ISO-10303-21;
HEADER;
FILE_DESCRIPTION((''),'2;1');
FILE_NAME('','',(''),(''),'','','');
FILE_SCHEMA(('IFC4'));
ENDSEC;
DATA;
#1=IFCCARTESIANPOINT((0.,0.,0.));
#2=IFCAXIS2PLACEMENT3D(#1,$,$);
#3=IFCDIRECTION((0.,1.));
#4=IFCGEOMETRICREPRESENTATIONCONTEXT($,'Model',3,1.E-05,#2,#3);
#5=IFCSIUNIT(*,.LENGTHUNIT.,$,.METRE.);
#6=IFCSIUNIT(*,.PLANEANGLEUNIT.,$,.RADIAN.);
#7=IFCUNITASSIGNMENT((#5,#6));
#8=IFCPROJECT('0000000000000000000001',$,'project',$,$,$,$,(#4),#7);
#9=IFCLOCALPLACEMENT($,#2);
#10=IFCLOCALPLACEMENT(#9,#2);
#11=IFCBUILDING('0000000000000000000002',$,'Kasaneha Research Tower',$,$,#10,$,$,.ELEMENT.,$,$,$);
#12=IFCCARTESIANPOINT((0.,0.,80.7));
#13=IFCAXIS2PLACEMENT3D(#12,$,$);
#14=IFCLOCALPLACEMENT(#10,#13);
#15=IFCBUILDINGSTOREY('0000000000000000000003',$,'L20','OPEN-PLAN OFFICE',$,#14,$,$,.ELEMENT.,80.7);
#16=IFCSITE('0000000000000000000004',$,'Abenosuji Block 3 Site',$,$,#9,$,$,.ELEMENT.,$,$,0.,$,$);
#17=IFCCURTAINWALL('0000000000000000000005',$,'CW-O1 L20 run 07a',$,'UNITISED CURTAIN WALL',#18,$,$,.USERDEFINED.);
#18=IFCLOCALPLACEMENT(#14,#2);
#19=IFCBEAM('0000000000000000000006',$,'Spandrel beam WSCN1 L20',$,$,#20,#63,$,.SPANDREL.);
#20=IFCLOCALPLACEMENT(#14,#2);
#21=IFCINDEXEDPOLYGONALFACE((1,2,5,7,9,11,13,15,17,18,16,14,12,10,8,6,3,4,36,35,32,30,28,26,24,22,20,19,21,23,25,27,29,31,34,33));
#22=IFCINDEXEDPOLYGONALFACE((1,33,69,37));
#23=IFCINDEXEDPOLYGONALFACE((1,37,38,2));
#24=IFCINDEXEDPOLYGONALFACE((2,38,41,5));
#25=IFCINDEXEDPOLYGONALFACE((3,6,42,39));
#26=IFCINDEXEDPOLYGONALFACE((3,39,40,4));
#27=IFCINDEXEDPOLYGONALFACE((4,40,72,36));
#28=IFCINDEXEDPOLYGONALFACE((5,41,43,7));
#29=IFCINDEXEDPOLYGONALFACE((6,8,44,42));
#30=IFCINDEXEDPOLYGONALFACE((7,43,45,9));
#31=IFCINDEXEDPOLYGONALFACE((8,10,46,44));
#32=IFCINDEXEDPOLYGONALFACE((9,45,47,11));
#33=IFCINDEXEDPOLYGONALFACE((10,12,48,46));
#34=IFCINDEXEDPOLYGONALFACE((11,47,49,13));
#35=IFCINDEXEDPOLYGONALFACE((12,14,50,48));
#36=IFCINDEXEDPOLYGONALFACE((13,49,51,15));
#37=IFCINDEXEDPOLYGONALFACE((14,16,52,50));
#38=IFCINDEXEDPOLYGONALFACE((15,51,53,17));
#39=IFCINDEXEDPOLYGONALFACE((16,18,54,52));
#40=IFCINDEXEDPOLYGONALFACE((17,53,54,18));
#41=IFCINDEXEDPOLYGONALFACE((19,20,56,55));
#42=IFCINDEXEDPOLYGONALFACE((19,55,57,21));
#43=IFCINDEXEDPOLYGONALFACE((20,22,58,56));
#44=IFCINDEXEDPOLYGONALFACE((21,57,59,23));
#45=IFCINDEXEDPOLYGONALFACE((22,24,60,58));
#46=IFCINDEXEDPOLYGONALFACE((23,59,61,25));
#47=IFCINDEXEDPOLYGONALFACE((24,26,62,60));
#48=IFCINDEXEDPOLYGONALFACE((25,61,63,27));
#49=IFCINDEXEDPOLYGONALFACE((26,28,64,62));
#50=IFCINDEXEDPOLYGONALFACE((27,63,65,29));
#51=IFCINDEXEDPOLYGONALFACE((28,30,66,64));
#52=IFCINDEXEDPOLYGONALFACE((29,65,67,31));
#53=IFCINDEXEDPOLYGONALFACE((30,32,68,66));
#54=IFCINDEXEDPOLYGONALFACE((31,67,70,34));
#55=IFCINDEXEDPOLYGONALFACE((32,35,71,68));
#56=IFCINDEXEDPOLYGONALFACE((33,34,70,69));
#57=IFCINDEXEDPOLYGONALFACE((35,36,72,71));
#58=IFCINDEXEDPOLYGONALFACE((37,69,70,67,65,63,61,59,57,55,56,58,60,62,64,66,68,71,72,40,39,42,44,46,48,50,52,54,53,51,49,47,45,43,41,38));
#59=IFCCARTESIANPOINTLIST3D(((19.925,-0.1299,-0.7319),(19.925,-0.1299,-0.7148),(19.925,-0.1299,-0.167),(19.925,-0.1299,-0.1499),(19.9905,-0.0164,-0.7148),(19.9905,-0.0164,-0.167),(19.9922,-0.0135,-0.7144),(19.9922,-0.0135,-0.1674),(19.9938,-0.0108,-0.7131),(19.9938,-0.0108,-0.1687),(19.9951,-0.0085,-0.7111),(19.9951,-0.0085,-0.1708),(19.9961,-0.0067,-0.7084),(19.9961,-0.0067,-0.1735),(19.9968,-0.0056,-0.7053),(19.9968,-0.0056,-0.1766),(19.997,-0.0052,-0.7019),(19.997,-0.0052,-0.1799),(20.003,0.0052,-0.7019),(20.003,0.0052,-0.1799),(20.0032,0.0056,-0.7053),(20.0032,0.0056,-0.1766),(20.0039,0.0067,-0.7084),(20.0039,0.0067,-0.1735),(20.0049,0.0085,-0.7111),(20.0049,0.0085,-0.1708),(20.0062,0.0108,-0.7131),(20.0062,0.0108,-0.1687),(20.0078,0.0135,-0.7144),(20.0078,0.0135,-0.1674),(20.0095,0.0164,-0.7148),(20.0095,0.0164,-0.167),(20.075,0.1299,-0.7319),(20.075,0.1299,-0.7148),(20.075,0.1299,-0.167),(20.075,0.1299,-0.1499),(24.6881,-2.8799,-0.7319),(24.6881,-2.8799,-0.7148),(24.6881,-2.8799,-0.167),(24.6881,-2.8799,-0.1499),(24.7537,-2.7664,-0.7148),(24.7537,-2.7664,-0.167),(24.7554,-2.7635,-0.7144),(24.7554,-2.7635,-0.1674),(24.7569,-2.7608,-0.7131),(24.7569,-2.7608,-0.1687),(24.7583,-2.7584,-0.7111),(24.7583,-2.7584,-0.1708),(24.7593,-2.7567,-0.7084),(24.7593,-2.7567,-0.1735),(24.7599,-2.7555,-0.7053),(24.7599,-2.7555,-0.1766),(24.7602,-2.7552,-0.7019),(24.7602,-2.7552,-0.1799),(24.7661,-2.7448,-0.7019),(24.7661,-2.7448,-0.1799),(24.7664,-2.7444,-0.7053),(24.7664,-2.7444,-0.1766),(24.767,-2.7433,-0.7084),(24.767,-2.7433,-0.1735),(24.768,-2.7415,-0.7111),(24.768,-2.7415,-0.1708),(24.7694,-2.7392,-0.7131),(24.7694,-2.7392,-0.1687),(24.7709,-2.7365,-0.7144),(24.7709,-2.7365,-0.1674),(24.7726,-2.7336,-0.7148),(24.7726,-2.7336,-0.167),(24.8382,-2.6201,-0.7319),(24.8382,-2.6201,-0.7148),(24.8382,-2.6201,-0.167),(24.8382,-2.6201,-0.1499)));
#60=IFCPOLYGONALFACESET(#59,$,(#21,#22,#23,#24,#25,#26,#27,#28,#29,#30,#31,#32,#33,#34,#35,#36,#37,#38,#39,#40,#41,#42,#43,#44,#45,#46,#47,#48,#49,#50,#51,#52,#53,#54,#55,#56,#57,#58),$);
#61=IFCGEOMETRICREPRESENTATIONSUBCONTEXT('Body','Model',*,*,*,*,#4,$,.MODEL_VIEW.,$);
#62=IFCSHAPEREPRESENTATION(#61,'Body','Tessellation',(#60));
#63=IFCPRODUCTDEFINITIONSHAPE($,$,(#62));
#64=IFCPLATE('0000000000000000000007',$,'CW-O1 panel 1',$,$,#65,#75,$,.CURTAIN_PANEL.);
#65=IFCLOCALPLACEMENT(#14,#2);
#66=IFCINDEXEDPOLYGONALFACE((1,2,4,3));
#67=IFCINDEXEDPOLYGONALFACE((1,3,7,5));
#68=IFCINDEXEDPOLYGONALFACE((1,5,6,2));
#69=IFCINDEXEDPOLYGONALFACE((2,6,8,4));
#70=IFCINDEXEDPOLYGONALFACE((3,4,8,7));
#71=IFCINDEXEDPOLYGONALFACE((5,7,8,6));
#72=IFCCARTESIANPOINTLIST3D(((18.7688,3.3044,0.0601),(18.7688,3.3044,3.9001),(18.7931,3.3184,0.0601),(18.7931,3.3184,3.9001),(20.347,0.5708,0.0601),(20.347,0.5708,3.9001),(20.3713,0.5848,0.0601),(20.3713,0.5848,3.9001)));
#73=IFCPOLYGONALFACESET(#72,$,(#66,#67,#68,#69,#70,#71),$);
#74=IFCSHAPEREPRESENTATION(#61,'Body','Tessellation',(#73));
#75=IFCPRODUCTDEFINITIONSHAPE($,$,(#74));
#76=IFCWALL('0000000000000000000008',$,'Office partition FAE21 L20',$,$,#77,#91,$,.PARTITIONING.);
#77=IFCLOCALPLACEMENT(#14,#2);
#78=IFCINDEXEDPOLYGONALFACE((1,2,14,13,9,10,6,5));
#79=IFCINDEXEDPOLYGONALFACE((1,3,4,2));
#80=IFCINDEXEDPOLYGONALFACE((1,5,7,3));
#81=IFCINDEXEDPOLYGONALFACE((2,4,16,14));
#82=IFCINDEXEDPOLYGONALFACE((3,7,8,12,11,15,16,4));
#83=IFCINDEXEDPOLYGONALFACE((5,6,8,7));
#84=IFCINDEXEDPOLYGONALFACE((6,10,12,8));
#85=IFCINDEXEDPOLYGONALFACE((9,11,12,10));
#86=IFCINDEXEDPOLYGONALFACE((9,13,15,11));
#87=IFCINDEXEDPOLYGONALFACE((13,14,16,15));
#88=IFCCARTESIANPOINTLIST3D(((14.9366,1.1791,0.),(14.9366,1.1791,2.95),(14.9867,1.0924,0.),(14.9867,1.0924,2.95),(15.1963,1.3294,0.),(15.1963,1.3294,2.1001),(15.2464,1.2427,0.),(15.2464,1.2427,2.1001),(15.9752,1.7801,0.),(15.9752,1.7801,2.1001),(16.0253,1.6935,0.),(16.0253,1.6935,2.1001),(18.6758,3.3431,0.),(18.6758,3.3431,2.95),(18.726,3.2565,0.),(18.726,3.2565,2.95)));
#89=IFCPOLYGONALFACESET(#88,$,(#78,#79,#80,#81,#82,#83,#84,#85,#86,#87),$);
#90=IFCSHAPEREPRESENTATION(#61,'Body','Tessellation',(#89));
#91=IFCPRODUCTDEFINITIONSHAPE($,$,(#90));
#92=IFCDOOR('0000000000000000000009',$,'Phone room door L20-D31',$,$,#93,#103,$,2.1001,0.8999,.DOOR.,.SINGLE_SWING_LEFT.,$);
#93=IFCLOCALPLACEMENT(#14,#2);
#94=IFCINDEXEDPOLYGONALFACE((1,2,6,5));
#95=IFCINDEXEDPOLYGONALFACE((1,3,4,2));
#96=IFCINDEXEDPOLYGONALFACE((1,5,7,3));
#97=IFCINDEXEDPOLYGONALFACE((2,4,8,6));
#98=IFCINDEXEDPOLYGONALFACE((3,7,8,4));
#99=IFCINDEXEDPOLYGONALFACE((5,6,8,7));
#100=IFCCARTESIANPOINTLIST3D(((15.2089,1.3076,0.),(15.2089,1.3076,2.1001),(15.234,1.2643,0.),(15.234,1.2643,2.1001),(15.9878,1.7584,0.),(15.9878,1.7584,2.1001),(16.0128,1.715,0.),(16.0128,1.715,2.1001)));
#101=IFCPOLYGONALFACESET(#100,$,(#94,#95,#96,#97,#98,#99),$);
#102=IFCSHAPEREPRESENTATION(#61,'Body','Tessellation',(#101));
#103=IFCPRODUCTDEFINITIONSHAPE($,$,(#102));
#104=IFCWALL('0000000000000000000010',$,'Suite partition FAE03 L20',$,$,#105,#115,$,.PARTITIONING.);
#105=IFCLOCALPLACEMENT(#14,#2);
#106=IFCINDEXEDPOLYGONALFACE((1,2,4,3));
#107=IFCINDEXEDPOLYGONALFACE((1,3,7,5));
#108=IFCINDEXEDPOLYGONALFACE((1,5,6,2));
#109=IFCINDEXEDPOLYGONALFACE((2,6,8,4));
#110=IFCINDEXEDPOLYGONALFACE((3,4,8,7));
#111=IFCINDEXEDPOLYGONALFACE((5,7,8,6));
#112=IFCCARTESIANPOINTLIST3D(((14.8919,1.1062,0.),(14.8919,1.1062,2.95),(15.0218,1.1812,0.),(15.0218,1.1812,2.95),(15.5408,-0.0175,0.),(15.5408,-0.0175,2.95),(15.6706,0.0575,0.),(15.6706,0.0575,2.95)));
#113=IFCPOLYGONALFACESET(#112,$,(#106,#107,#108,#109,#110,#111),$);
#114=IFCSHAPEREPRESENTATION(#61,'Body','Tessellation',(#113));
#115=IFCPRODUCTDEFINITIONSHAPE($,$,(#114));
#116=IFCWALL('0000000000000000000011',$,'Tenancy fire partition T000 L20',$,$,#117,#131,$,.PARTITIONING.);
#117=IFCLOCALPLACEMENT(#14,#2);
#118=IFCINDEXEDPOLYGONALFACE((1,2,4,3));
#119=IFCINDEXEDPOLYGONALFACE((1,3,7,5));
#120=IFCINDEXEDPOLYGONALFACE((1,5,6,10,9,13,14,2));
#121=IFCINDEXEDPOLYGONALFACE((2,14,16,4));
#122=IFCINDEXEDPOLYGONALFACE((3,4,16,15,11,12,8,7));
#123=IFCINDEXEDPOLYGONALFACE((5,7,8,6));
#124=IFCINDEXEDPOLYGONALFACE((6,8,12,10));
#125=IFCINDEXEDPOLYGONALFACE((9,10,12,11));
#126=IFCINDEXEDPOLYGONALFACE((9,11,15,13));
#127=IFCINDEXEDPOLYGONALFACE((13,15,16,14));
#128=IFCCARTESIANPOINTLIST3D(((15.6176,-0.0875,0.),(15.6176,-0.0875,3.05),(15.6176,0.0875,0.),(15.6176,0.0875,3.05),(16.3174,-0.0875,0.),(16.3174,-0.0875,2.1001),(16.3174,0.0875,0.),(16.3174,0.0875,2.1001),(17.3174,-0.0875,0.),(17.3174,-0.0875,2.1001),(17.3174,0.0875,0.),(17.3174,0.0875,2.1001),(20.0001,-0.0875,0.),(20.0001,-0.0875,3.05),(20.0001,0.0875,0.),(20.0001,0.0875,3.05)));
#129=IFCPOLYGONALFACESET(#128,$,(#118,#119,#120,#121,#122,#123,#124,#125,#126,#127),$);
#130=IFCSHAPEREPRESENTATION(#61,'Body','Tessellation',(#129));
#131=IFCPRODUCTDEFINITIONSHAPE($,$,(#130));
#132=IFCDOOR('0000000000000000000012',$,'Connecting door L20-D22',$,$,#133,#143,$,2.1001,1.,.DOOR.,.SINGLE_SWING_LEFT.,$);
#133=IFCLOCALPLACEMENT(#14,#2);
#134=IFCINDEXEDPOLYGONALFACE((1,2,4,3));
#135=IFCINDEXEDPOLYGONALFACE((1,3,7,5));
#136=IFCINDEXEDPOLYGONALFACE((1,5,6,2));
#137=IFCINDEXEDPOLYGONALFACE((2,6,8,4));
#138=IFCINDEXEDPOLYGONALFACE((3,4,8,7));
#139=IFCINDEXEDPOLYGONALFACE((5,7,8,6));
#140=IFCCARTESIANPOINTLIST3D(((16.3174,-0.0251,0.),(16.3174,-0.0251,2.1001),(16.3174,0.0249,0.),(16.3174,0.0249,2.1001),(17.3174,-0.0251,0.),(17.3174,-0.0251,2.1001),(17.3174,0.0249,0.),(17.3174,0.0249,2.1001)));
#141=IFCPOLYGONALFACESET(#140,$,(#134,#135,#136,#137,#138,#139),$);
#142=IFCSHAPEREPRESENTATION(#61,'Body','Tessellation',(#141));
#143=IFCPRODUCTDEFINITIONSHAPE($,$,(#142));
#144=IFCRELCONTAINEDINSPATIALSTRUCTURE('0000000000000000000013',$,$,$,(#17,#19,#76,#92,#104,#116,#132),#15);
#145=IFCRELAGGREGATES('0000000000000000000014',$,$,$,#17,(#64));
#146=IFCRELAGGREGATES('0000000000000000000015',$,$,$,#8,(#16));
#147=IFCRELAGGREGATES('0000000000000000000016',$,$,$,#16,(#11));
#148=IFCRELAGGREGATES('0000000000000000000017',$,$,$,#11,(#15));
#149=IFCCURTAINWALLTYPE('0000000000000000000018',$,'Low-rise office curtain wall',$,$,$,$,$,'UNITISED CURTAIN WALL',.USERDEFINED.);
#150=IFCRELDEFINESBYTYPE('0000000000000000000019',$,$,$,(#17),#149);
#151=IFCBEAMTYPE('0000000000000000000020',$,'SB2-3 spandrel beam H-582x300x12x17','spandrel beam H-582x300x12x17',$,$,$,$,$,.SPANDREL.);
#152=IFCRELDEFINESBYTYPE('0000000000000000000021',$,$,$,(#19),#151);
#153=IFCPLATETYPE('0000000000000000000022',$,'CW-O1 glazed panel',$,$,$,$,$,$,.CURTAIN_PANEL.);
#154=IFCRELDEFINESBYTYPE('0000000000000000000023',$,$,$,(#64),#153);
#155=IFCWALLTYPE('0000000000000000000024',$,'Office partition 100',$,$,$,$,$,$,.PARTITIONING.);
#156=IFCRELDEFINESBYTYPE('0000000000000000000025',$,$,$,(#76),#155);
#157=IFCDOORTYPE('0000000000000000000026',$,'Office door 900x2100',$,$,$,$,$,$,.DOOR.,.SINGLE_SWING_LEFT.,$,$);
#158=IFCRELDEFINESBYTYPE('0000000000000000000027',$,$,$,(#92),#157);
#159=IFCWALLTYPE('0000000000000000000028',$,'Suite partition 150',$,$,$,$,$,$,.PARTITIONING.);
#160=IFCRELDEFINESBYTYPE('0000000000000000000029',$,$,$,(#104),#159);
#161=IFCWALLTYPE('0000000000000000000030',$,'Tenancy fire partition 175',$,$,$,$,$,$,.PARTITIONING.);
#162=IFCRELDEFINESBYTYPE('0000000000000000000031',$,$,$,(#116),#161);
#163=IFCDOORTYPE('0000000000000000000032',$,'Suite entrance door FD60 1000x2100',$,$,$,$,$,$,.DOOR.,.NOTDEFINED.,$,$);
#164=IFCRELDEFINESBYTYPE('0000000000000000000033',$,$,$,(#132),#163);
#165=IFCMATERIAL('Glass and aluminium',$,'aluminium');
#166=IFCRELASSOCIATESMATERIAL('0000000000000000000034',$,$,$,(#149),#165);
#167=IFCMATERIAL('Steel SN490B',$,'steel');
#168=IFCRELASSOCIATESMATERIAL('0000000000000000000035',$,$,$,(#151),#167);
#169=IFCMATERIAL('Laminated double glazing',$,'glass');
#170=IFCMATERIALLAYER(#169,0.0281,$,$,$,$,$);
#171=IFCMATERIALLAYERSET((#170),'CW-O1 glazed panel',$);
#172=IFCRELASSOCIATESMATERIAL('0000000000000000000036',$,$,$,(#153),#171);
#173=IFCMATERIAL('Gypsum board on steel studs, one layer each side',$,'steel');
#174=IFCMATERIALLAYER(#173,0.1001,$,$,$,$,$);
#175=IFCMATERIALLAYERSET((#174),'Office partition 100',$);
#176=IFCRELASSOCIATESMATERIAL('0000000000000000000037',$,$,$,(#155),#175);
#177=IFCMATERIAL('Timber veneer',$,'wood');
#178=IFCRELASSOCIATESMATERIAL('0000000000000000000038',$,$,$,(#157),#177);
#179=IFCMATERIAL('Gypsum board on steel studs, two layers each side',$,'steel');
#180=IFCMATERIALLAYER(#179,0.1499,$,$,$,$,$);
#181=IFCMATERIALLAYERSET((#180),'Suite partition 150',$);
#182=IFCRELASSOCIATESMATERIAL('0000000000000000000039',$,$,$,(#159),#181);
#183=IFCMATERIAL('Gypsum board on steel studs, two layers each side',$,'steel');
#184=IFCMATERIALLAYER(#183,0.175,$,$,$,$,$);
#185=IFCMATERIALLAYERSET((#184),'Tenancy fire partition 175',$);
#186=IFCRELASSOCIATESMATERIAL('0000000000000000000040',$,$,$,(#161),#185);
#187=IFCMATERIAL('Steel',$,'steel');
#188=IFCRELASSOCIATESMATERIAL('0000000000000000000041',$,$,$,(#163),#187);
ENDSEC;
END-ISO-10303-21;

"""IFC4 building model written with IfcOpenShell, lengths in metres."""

from ifc_helpers import new_model, si_unit, direction, frame, frame_2d, origin, origin_2d, place, context, subcontext, project, spatial, rectangle, i_section, extrude, material, layer, layer_set, material_profile, profile_set, type_object, element, fill, aggregate, save


model = new_model("IFC4")

# Units and contexts
model_context = context("Model", 3, precision=1e-05, world=origin(), true_north=direction((0.0, 1.0)))
body_context = subcontext(model_context, "Body", "Model", "MODEL_VIEW")
ifc_project = project(units=[si_unit("LENGTHUNIT", "METRE"), si_unit("PLANEANGLEUNIT", "RADIAN")], contexts=[model_context])

# Site, building, storey
site_placement = place(None, origin())
site = spatial("IfcSite", under=ifc_project, at=site_placement, Name="Abenosuji Block 3 Site", CompositionType="ELEMENT", RefElevation=0.0)
building_placement = place(site_placement, origin())
building = spatial("IfcBuilding", under=site, at=building_placement, Name="Kasaneha Research Tower", CompositionType="ELEMENT")
storey_placement = place(building_placement, frame((0.0, 0.0, 80.7)))
storey = spatial("IfcBuildingStorey", under=building, at=storey_placement, Name="L20", Description="OPEN-PLAN OFFICE", CompositionType="ELEMENT", Elevation=80.7)

# Shared definitions
ifc_material_1 = material(Name="Glass and aluminium", Category="aluminium")
curtain_wall_type = type_object("IfcCurtainWallType", Name="Low-rise office curtain wall", ElementType="UNITISED CURTAIN WALL", PredefinedType="USERDEFINED", material=ifc_material_1)

# Curtain wall
curtain_wall_1_placement = place(storey_placement, origin())
curtain_wall_1 = element("IfcCurtainWall", 1, at=curtain_wall_1_placement, inside=storey, type_object=curtain_wall_type, Name="CW-O1 L20 run 07a", ObjectType="UNITISED CURTAIN WALL", PredefinedType="USERDEFINED")

# Beam
ifc_material_2 = material(Name="Steel SN490B", Category="steel")
ifc_material_profile_1 = material_profile(ifc_material_2, i_section(OverallWidth=0.3, OverallDepth=0.582, WebThickness=0.012, FlangeThickness=0.0171, FilletRadius=0.0129, at=origin_2d()), Name="H-582x300x12x17")
ifc_profile_set_1 = profile_set([ifc_material_profile_1], Name="Steel SN490B")
beam_type_1 = type_object("IfcBeamType", Name="SB2-3 spandrel beam H-582x300x12x17", Description="spandrel beam H-582x300x12x17", PredefinedType="SPANDREL", material=ifc_profile_set_1)
beam_1_placement = place(storey_placement, frame((20.0, 0.0, -0.4409), z_axis=(0.866027, -0.499997, 0.0), x_axis=(0.499997, 0.866027, 0.0)))
element("IfcBeam", 2, at=beam_1_placement, inside=storey, type_object=beam_type_1, Name="Spandrel beam WSCN1 L20", PredefinedType="SPANDREL", context=body_context, shape_type="SweptSolid", body=[
    extrude(i_section(OverallWidth=0.3, OverallDepth=0.582, WebThickness=0.012, FlangeThickness=0.0171, FilletRadius=0.0129, at=origin_2d()), origin(), (0.0, 0.0, 1.0), 5.5),
])

# Plate
ifc_material_3 = material(Name="Laminated double glazing", Category="glass")
ifc_layer_1 = layer(ifc_material_3, 0.0281)
ifc_layer_set_1 = layer_set([ifc_layer_1], Name="CW-O1 glazed panel")
plate_type = type_object("IfcPlateType", Name="CW-O1 glazed panel", PredefinedType="CURTAIN_PANEL", material=ifc_layer_set_1)
plate_placement = place(storey_placement, frame((19.5701, 1.9446, 0.0601), z_axis=(0.0, 0.0, 1.0), x_axis=(-0.5, 0.866025, 0.0)))
plate = element("IfcPlate", 3, at=plate_placement, type_object=plate_type, Name="CW-O1 panel 1", PredefinedType="CURTAIN_PANEL", context=body_context, shape_type="SweptSolid", body=[
    extrude(rectangle(XDim=3.1565, YDim=0.0281, at=origin_2d()), origin(), (0.0, 0.0, 1.0), 3.8401),
])
aggregate(curtain_wall_1, [plate])

# Wall, opening, door
ifc_material_4 = material(Name="Gypsum board on steel studs, one layer each side", Category="steel")
ifc_layer_2 = layer(ifc_material_4, 0.1001)
ifc_layer_set_2 = layer_set([ifc_layer_2], Name="Office partition 100")
wall_type_1 = type_object("IfcWallType", Name="Office partition 100", PredefinedType="PARTITIONING", material=ifc_layer_set_2)
wall_1_placement = place(storey_placement, frame((14.9617, 1.1357, 0.0), z_axis=(0.0, 0.0, 1.0), x_axis=(0.865504, 0.500903, 0.0)))
wall_1 = element("IfcWall", 4, at=wall_1_placement, inside=storey, type_object=wall_type_1, Name="Office partition FAE21 L20", PredefinedType="PARTITIONING", context=body_context, shape_type="SweptSolid", body=[
    extrude(rectangle(XDim=4.3203, YDim=0.1001, at=frame_2d((2.1602, 0.0))), origin(), (0.0, 0.0, 1.0), 2.95),
])
opening_1_placement = place(wall_1_placement, frame((0.3, 0.0, 0.0)))
opening_1 = element("IfcOpeningElement", 5, at=opening_1_placement, cuts=wall_1, PredefinedType="OPENING", context=body_context, shape_type="SweptSolid", body=[
    extrude(rectangle(XDim=0.8999, YDim=2.1001, at=frame_2d((0.45, 1.05))), frame((0.0, 0.0601, 0.0), z_axis=(0.0, -1.0, 0.0), x_axis=(1.0, 0.0, 0.0)), (0.0, 0.0, 1.0), 0.1201),
])
ifc_material_5 = material(Name="Timber veneer", Category="wood")
door_type_1 = type_object("IfcDoorType", Name="Office door 900x2100", OperationType="SINGLE_SWING_LEFT", PredefinedType="DOOR", material=ifc_material_5)
door_1_placement = place(opening_1_placement, origin())
door_1 = element("IfcDoor", 6, at=door_1_placement, inside=storey, type_object=door_type_1, Name="Phone room door L20-D31", OperationType="SINGLE_SWING_LEFT", OverallHeight=2.1001, OverallWidth=0.8999, PredefinedType="DOOR", context=body_context, shape_type="SweptSolid", body=[
    extrude(rectangle(XDim=0.8999, YDim=2.1001, at=frame_2d((0.45, 1.05))), frame((0.0, 0.0249, 0.0), z_axis=(0.0, -1.0, 0.0), x_axis=(1.0, 0.0, 0.0)), (0.0, 0.0, 1.0), 0.05),
])
fill(opening_1, door_1)

# Wall
ifc_material_6 = material(Name="Gypsum board on steel studs, two layers each side", Category="steel")
ifc_layer_3 = layer(ifc_material_6, 0.1499)
ifc_layer_set_3 = layer_set([ifc_layer_3], Name="Suite partition 150")
wall_type_2 = type_object("IfcWallType", Name="Suite partition 150", PredefinedType="PARTITIONING", material=ifc_layer_set_3)
wall_2_placement = place(storey_placement, frame((14.9568, 1.1438, 0.0), z_axis=(0.0, 0.0, 1.0), x_axis=(0.500064, -0.865988, 0.0)))
element("IfcWall", 7, at=wall_2_placement, inside=storey, type_object=wall_type_2, Name="Suite partition FAE03 L20", PredefinedType="PARTITIONING", context=body_context, shape_type="SweptSolid", body=[
    extrude(rectangle(XDim=1.2976, YDim=0.1499, at=frame_2d((0.6489, 0.0))), origin(), (0.0, 0.0, 1.0), 2.95),
])

# Wall, opening, door
ifc_material_7 = material(Name="Gypsum board on steel studs, two layers each side", Category="steel")
ifc_layer_4 = layer(ifc_material_7, 0.175)
ifc_layer_set_4 = layer_set([ifc_layer_4], Name="Tenancy fire partition 175")
wall_type_3 = type_object("IfcWallType", Name="Tenancy fire partition 175", PredefinedType="PARTITIONING", material=ifc_layer_set_4)
wall_3_placement = place(storey_placement, frame((15.6174, 0.0, 0.0), z_axis=(0.0, 0.0, 1.0), x_axis=(1.0, 0.0, 0.0)))
wall_3 = element("IfcWall", 8, at=wall_3_placement, inside=storey, type_object=wall_type_3, Name="Tenancy fire partition T000 L20", PredefinedType="PARTITIONING", context=body_context, shape_type="SweptSolid", body=[
    extrude(rectangle(XDim=4.3826, YDim=0.175, at=frame_2d((2.1914, 0.0))), origin(), (0.0, 0.0, 1.0), 3.05),
])
opening_2_placement = place(wall_3_placement, frame((0.7, 0.0, 0.0)))
opening_2 = element("IfcOpeningElement", 9, at=opening_2_placement, cuts=wall_3, PredefinedType="OPENING", context=body_context, shape_type="SweptSolid", body=[
    extrude(rectangle(XDim=1.0, YDim=2.1001, at=frame_2d((0.5, 1.05))), frame((0.0, 0.0977, 0.0), z_axis=(0.0, -1.0, 0.0), x_axis=(1.0, 0.0, 0.0)), (0.0, 0.0, 1.0), 0.1951),
])
ifc_material_8 = material(Name="Steel", Category="steel")
door_type_2 = type_object("IfcDoorType", Name="Suite entrance door FD60 1000x2100", OperationType="NOTDEFINED", PredefinedType="DOOR", material=ifc_material_8)
door_2_placement = place(opening_2_placement, origin())
door_2 = element("IfcDoor", 10, at=door_2_placement, inside=storey, type_object=door_type_2, Name="Connecting door L20-D22", OperationType="SINGLE_SWING_LEFT", OverallHeight=2.1001, OverallWidth=1.0, PredefinedType="DOOR", context=body_context, shape_type="SweptSolid", body=[
    extrude(rectangle(XDim=1.0, YDim=2.1001, at=frame_2d((0.5, 1.05))), frame((0.0, 0.0249, 0.0), z_axis=(0.0, -1.0, 0.0), x_axis=(1.0, 0.0, 0.0)), (0.0, 0.0, 1.0), 0.05),
])
fill(opening_2, door_2)

save(model, "model.ifc")
